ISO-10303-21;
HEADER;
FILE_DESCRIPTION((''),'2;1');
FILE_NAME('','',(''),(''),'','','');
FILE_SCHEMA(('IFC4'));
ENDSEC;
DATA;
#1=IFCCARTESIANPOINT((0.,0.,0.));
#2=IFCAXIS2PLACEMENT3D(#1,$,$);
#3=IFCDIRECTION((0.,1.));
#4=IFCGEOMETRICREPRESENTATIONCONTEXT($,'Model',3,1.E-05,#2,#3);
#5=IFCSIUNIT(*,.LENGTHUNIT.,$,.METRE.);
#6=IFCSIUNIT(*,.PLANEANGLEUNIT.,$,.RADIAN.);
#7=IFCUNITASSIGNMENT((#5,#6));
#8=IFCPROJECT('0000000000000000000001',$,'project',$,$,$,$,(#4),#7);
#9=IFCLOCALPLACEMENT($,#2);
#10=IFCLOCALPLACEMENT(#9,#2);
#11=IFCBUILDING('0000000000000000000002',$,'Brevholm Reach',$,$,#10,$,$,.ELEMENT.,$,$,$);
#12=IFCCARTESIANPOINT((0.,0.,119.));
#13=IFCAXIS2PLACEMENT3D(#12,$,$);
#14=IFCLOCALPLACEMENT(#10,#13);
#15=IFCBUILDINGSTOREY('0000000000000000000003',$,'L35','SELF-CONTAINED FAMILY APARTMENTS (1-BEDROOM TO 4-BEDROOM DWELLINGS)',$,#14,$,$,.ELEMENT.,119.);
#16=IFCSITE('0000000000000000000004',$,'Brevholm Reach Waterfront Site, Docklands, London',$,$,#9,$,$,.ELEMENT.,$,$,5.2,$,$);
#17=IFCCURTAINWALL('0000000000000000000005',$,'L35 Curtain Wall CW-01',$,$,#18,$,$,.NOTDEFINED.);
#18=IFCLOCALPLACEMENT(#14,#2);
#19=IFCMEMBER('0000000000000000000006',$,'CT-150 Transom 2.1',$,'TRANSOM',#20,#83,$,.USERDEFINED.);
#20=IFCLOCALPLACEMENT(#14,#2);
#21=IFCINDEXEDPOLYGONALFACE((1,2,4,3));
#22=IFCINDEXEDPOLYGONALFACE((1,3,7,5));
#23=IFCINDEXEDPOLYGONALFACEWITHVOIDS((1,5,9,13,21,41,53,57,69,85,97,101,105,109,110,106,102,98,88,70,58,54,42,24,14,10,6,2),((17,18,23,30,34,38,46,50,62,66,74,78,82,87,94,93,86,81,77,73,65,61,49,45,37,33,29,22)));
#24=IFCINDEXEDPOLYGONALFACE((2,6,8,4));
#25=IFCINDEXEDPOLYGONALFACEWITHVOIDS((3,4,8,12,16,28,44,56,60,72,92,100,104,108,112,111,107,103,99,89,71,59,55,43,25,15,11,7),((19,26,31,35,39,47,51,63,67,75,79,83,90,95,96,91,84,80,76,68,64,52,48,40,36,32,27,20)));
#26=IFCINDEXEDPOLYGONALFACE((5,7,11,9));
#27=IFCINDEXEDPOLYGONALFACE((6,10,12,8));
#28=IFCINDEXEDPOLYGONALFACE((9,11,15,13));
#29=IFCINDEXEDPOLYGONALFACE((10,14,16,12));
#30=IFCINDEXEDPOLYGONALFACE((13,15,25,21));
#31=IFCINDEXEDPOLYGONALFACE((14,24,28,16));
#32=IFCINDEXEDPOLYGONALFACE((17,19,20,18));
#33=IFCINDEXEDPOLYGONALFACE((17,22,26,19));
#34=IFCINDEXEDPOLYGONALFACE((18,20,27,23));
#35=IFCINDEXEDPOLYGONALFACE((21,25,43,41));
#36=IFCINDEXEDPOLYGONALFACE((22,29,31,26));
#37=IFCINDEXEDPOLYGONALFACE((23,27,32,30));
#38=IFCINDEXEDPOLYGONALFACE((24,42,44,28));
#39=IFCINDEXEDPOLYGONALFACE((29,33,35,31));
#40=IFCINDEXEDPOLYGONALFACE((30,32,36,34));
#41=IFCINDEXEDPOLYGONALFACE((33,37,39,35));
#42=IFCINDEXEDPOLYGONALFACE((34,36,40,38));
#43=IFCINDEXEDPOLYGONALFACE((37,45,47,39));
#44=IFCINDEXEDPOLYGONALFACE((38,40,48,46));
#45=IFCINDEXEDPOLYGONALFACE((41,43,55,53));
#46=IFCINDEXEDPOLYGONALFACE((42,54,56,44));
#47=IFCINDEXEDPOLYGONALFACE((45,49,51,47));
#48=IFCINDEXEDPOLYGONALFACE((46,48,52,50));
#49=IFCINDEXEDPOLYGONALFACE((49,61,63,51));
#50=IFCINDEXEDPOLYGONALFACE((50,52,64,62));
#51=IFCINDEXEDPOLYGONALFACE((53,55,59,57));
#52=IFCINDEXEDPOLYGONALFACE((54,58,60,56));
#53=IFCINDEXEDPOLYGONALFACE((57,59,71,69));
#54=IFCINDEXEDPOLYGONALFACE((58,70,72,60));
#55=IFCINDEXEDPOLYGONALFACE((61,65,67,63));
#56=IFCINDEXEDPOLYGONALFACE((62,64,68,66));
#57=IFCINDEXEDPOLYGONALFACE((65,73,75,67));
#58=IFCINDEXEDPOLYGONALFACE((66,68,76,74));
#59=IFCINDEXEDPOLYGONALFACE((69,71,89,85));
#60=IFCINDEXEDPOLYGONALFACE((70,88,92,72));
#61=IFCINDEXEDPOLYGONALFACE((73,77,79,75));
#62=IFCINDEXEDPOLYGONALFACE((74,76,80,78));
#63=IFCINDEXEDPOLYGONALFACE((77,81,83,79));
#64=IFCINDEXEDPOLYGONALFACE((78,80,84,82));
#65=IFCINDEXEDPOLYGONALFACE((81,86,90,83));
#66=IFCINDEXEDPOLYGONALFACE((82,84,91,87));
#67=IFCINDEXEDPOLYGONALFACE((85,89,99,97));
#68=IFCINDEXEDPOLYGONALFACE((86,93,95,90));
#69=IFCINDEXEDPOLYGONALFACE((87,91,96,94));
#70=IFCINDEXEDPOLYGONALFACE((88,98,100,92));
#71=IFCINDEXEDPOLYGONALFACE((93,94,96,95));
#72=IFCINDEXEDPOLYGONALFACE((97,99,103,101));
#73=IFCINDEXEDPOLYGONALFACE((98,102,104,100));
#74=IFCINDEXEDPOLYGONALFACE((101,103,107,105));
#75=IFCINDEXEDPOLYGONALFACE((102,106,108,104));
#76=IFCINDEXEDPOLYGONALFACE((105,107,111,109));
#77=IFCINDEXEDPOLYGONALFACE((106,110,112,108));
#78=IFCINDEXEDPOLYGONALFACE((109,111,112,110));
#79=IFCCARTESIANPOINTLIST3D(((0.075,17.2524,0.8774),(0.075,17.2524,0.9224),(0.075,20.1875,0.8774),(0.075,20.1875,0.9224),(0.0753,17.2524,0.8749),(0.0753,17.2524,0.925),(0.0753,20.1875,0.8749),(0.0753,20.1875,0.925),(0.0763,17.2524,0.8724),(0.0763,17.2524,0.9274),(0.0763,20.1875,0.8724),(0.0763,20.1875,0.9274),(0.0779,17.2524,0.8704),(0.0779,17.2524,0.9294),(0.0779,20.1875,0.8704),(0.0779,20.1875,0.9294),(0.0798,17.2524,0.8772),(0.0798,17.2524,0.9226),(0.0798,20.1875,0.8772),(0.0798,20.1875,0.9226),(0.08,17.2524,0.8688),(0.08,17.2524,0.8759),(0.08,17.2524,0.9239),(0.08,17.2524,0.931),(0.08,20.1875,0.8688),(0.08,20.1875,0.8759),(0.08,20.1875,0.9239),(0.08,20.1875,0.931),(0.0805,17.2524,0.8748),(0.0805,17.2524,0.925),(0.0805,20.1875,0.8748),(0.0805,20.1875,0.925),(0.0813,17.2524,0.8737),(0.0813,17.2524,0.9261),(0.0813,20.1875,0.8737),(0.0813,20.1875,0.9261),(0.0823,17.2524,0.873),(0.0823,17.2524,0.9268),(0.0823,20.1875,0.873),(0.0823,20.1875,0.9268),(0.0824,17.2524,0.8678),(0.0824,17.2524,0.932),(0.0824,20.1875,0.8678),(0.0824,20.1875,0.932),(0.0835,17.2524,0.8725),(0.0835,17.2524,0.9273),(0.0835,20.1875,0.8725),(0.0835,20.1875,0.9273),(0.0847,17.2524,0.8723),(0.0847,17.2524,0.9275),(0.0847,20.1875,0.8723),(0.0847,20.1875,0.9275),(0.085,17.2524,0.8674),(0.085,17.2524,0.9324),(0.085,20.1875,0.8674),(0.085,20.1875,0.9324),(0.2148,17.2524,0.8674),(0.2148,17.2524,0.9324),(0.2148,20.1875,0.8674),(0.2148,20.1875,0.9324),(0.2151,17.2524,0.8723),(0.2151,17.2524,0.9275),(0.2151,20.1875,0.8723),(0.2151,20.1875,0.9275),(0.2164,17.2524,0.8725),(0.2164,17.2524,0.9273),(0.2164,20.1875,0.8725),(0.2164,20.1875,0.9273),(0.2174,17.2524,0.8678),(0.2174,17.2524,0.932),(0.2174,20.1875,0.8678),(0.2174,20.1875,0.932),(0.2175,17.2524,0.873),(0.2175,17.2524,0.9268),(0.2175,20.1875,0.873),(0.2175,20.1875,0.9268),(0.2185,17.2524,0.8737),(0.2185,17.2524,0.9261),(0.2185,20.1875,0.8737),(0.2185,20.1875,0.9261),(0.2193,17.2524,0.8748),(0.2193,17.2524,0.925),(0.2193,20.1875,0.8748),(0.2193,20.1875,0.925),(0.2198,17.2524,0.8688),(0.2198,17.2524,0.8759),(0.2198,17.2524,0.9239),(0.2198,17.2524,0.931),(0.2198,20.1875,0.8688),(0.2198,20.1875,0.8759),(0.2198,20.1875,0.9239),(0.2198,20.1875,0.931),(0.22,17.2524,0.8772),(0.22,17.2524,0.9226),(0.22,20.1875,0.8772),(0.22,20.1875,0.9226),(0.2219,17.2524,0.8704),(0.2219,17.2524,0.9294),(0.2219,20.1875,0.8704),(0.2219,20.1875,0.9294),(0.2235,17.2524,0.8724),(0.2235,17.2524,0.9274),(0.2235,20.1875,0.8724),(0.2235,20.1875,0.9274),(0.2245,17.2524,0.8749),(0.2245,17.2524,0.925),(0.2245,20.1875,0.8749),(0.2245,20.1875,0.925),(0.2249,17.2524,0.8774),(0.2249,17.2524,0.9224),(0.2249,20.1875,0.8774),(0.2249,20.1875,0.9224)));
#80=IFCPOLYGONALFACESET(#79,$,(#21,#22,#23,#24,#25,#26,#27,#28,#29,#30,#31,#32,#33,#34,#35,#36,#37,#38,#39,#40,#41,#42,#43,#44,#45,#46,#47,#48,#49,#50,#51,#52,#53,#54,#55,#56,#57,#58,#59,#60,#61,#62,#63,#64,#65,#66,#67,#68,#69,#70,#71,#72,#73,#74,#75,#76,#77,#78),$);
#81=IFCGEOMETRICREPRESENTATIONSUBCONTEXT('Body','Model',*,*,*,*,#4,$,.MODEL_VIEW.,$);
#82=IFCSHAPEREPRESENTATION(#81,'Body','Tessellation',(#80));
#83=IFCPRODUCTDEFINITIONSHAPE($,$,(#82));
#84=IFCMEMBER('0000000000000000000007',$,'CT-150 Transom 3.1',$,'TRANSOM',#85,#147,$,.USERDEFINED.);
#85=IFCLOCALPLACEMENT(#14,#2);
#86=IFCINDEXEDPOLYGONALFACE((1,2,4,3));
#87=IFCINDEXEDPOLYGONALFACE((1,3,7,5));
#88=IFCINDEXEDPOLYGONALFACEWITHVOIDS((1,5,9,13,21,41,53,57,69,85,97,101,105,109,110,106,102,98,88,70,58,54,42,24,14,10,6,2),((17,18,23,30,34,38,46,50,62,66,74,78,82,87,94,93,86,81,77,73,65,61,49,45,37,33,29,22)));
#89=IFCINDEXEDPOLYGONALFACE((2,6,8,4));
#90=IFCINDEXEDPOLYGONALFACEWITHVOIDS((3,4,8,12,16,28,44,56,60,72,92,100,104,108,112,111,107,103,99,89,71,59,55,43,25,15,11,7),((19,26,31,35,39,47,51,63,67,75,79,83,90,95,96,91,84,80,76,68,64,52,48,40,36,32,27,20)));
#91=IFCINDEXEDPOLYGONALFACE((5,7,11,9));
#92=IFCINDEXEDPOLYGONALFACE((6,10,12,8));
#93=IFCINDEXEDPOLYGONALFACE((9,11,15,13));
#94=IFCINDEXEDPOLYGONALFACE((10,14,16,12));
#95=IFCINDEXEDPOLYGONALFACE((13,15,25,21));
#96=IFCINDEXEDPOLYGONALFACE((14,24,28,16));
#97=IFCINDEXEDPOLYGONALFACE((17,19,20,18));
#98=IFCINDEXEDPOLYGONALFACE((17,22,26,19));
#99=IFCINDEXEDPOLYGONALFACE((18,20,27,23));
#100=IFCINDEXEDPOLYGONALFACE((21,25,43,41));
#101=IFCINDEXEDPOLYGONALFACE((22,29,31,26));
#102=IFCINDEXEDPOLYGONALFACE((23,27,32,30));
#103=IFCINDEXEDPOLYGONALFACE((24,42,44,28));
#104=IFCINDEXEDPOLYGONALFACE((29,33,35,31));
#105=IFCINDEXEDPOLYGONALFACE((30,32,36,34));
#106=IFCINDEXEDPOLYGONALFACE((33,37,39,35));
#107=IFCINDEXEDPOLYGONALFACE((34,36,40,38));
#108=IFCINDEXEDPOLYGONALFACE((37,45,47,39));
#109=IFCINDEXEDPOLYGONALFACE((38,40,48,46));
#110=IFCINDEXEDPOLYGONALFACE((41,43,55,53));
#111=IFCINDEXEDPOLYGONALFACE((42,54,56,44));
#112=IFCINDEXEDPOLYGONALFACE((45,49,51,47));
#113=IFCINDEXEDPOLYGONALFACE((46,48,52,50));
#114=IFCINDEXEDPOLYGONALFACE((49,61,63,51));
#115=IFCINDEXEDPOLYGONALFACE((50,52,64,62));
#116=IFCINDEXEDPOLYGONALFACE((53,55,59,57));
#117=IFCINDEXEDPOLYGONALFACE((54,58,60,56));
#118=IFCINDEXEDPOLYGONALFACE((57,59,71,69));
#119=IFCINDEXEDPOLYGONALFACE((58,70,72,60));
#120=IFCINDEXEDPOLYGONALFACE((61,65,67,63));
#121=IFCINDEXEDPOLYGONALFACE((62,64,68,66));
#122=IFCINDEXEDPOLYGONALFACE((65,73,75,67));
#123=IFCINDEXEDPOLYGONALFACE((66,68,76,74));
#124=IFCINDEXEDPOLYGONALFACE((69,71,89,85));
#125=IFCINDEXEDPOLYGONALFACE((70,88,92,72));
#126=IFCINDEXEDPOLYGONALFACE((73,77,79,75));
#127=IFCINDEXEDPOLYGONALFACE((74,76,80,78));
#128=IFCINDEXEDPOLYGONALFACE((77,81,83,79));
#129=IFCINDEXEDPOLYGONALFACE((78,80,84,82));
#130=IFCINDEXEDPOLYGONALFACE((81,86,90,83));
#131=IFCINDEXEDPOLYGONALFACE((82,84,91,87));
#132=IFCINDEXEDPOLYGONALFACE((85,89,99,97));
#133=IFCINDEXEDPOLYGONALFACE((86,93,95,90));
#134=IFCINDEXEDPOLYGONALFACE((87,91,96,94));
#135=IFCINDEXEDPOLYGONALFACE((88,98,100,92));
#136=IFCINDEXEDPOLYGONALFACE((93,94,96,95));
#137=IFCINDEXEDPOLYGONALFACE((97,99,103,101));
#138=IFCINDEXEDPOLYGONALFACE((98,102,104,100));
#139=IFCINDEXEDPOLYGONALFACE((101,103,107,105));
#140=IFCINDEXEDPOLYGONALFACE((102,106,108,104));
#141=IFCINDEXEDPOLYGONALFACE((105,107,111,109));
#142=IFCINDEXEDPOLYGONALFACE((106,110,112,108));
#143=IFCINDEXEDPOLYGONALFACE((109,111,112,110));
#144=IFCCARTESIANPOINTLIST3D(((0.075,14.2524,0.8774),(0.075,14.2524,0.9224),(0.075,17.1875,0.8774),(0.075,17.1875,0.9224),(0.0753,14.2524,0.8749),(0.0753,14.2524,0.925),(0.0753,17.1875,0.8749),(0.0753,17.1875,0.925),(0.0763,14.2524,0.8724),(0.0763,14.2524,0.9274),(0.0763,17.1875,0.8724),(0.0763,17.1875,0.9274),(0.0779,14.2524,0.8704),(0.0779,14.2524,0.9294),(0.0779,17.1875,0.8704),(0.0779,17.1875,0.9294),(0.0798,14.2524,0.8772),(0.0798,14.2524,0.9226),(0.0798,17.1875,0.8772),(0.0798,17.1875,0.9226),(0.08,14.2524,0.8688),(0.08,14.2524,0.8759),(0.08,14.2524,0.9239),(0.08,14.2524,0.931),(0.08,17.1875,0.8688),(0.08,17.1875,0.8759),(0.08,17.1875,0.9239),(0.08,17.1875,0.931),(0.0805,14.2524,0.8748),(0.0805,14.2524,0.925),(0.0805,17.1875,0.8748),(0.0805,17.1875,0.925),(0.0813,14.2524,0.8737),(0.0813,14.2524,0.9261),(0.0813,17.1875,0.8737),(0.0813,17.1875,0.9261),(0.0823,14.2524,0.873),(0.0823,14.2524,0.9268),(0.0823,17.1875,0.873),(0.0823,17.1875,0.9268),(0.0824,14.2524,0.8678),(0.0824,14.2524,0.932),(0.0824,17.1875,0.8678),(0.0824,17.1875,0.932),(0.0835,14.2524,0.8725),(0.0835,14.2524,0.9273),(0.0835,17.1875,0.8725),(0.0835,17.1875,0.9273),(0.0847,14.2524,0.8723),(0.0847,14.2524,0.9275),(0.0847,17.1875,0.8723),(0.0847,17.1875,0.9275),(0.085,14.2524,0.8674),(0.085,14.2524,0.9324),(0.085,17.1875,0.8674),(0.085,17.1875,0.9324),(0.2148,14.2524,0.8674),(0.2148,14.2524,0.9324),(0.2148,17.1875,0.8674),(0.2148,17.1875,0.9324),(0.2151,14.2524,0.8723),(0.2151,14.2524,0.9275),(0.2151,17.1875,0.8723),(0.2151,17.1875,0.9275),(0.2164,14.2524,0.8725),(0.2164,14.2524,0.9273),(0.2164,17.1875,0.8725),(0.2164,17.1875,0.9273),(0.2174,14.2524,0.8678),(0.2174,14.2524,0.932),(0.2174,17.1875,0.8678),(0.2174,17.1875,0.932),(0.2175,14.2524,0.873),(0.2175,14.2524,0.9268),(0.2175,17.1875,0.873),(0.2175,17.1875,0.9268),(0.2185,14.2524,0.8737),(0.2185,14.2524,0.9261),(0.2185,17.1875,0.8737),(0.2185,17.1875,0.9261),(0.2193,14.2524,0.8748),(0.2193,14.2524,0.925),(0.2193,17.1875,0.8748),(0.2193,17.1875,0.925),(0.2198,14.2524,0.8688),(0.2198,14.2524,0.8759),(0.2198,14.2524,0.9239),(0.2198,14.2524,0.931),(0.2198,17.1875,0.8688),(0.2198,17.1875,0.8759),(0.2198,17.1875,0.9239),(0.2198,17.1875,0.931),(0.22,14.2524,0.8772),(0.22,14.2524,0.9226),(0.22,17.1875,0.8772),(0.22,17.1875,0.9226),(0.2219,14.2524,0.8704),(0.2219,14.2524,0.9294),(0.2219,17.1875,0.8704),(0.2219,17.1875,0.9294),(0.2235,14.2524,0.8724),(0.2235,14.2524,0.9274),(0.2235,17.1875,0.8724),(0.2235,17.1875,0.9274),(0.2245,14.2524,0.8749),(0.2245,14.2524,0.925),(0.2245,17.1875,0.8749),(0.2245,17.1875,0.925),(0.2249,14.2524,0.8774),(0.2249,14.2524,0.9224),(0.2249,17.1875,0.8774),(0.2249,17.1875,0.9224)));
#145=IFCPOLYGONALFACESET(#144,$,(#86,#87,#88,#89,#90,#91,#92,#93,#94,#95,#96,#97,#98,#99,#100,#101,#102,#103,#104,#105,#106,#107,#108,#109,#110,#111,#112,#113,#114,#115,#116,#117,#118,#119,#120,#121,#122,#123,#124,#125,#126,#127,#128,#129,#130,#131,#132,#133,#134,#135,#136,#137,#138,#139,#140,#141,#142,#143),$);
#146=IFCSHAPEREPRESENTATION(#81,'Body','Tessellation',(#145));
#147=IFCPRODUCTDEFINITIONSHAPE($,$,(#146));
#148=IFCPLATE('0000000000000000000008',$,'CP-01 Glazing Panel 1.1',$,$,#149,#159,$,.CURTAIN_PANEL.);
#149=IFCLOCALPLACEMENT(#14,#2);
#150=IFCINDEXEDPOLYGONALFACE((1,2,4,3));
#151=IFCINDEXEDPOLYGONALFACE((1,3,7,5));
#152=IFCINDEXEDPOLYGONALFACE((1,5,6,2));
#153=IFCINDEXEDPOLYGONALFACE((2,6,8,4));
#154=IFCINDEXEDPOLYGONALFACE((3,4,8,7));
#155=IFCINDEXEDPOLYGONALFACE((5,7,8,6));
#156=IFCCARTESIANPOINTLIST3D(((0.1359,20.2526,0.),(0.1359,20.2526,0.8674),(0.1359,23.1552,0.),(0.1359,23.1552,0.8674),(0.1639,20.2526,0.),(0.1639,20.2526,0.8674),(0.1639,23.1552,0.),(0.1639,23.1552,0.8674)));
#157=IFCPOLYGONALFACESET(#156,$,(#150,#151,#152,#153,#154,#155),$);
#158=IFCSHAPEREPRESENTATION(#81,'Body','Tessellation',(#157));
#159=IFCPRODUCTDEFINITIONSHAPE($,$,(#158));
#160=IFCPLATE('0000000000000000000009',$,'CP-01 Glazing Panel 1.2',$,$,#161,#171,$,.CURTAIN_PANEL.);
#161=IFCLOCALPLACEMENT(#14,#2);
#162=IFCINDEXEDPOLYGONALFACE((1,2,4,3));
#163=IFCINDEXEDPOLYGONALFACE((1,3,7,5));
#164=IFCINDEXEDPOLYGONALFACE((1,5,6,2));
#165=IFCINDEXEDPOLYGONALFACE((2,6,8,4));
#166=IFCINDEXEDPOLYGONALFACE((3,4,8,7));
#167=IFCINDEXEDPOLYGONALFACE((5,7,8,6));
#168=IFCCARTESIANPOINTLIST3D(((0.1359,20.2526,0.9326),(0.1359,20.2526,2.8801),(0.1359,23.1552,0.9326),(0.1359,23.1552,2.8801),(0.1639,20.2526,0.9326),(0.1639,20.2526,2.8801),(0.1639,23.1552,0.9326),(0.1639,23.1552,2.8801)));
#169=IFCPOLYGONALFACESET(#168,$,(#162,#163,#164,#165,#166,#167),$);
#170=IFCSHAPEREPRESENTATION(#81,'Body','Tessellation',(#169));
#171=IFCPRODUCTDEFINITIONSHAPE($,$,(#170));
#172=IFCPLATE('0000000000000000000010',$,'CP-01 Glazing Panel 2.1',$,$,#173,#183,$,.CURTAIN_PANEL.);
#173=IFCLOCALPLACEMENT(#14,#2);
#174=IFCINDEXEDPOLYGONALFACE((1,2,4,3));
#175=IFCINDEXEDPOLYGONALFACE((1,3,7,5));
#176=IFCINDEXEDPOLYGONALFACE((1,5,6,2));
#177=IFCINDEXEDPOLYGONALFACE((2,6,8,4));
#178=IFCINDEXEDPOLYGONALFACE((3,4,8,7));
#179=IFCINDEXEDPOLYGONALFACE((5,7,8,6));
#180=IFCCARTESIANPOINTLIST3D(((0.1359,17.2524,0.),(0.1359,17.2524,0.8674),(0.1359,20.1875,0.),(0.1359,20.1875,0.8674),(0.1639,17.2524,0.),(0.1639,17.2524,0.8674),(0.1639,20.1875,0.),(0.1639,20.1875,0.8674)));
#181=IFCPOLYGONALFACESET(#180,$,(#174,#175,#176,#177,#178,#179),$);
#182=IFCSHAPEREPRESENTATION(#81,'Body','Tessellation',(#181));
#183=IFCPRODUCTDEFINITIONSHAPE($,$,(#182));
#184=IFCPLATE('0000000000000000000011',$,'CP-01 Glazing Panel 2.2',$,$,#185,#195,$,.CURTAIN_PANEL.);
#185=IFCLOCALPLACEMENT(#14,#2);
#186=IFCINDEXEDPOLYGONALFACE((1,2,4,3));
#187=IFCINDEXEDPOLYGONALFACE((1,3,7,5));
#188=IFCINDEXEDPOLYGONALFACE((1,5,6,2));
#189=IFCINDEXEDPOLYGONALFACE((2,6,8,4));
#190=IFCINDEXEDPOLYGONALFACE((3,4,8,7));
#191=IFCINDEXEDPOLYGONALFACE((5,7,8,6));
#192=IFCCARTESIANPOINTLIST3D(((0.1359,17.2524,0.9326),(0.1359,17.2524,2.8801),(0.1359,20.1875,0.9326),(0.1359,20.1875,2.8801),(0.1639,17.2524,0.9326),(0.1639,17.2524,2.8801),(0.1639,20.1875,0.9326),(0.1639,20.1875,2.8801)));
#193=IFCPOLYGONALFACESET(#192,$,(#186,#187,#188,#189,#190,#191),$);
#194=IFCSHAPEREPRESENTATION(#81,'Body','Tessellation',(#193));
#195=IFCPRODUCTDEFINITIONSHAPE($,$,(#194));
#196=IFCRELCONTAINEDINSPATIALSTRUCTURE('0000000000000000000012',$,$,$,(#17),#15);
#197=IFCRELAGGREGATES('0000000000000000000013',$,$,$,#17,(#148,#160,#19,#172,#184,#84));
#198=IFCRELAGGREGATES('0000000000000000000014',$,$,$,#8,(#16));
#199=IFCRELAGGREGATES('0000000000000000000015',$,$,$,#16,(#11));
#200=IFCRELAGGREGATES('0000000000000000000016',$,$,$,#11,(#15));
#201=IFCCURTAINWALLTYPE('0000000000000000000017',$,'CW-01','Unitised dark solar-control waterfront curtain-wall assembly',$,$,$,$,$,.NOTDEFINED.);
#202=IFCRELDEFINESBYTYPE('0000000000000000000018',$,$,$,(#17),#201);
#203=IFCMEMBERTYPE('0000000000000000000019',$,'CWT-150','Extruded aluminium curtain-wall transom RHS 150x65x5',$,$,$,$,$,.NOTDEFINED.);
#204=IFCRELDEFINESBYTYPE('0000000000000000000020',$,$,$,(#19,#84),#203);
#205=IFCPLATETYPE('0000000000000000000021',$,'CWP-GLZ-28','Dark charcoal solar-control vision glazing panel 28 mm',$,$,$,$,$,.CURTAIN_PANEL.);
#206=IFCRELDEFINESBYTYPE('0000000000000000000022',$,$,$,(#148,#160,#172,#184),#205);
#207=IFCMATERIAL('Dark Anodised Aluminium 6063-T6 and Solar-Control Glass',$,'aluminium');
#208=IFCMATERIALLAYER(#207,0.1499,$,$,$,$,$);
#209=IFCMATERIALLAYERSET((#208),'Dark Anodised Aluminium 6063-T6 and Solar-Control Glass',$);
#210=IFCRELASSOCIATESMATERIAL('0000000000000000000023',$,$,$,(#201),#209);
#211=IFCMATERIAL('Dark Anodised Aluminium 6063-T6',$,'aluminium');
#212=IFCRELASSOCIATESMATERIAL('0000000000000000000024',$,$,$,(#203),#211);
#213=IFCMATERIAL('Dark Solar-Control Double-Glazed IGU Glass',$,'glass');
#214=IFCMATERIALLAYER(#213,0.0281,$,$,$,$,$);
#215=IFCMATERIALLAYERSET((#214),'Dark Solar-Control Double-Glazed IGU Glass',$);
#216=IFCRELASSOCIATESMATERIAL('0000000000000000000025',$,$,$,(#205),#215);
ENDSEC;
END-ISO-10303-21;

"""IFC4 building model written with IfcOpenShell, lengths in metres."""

from ifc_helpers import new_model, si_unit, direction, frame, origin, origin_2d, place, context, subcontext, project, spatial, rectangle, hollow_rectangle, extrude, material, layer, layer_set, material_profile, profile_set, type_object, element, aggregate, save


model = new_model("IFC4")

# Units and contexts
model_context = context("Model", 3, precision=1e-05, world=origin(), true_north=direction((0.0, 1.0)))
body_context = subcontext(model_context, "Body", "Model", "MODEL_VIEW")
ifc_project = project(units=[si_unit("LENGTHUNIT", "METRE"), si_unit("PLANEANGLEUNIT", "RADIAN")], contexts=[model_context])

# Site, building, storey
site_placement = place(None, origin())
site = spatial("IfcSite", under=ifc_project, at=site_placement, Name="Brevholm Reach Waterfront Site, Docklands, London", CompositionType="ELEMENT", RefElevation=5.2)
building_placement = place(site_placement, origin())
building = spatial("IfcBuilding", under=site, at=building_placement, Name="Brevholm Reach", CompositionType="ELEMENT")
storey_placement = place(building_placement, frame((0.0, 0.0, 119.0)))
storey = spatial("IfcBuildingStorey", under=building, at=storey_placement, Name="L35", Description="SELF-CONTAINED FAMILY APARTMENTS (1-BEDROOM TO 4-BEDROOM DWELLINGS)", CompositionType="ELEMENT", Elevation=119.0)

# Curtain wall, members, plates
ifc_material_1 = material(Name="Dark Anodised Aluminium 6063-T6 and Solar-Control Glass", Category="aluminium")
ifc_layer_1 = layer(ifc_material_1, 0.1499)
ifc_layer_set_1 = layer_set([ifc_layer_1], Name="Dark Anodised Aluminium 6063-T6 and Solar-Control Glass")
curtain_wall_type = type_object("IfcCurtainWallType", Name="CW-01", Description="Unitised dark solar-control waterfront curtain-wall assembly", PredefinedType="NOTDEFINED", material=ifc_layer_set_1)
curtain_wall_placement = place(storey_placement, origin())
curtain_wall = element("IfcCurtainWall", 1, at=curtain_wall_placement, inside=storey, type_object=curtain_wall_type, Name="L35 Curtain Wall CW-01", PredefinedType="NOTDEFINED")
ifc_material_2 = material(Name="Dark Anodised Aluminium 6063-T6", Category="aluminium")
ifc_material_profile_1 = material_profile(ifc_material_2, hollow_rectangle(XDim=0.0649, YDim=0.1499, WallThickness=0.0049, InnerFilletRadius=0.0049, OuterFilletRadius=0.01, at=origin_2d()), Name="RHS 150x65x5")
ifc_profile_set_1 = profile_set([ifc_material_profile_1], Name="Dark Anodised Aluminium 6063-T6")
member_type_1 = type_object("IfcMemberType", Name="CWT-150", Description="Extruded aluminium curtain-wall transom RHS 150x65x5", PredefinedType="NOTDEFINED", material=ifc_profile_set_1)
member_1_placement = place(storey_placement, frame((0.1499, 20.1875, 0.8999), z_axis=(0.0, -1.0, 0.0), x_axis=(0.0, 0.0, 1.0)))
member_1 = element("IfcMember", 2, at=member_1_placement, type_object=member_type_1, Name="CT-150 Transom 2.1", ObjectType="TRANSOM", PredefinedType="USERDEFINED", context=body_context, shape_type="SweptSolid", body=[
    extrude(hollow_rectangle(XDim=0.0649, YDim=0.1499, WallThickness=0.0049, InnerFilletRadius=0.0049, OuterFilletRadius=0.01, at=origin_2d()), origin(), (0.0, 0.0, 1.0), 2.9351),
])
member_2_placement = place(storey_placement, frame((0.1499, 17.1875, 0.8999), z_axis=(0.0, -1.0, 0.0), x_axis=(0.0, 0.0, 1.0)))
member_2 = element("IfcMember", 3, at=member_2_placement, type_object=member_type_1, Name="CT-150 Transom 3.1", ObjectType="TRANSOM", PredefinedType="USERDEFINED", context=body_context, shape_type="SweptSolid", body=[
    extrude(hollow_rectangle(XDim=0.0649, YDim=0.1499, WallThickness=0.0049, InnerFilletRadius=0.0049, OuterFilletRadius=0.01, at=origin_2d()), origin(), (0.0, 0.0, 1.0), 2.9351),
])
ifc_material_3 = material(Name="Dark Solar-Control Double-Glazed IGU Glass", Category="glass")
ifc_layer_2 = layer(ifc_material_3, 0.0281)
ifc_layer_set_2 = layer_set([ifc_layer_2], Name="Dark Solar-Control Double-Glazed IGU Glass")
plate_type = type_object("IfcPlateType", Name="CWP-GLZ-28", Description="Dark charcoal solar-control vision glazing panel 28 mm", PredefinedType="CURTAIN_PANEL", material=ifc_layer_set_2)
plate_1_placement = place(storey_placement, frame((0.1499, 21.7039, 0.0), z_axis=(0.0, 0.0, 1.0), x_axis=(0.0, -1.0, 0.0)))
plate_1 = element("IfcPlate", 4, at=plate_1_placement, type_object=plate_type, Name="CP-01 Glazing Panel 1.1", PredefinedType="CURTAIN_PANEL", context=body_context, shape_type="SweptSolid", body=[
    extrude(rectangle(XDim=2.9026, YDim=0.0281, at=origin_2d()), origin(), (0.0, 0.0, 1.0), 0.8674),
])
plate_2_placement = place(storey_placement, frame((0.1499, 21.7039, 0.9326), z_axis=(0.0, 0.0, 1.0), x_axis=(0.0, -1.0, 0.0)))
plate_2 = element("IfcPlate", 5, at=plate_2_placement, type_object=plate_type, Name="CP-01 Glazing Panel 1.2", PredefinedType="CURTAIN_PANEL", context=body_context, shape_type="SweptSolid", body=[
    extrude(rectangle(XDim=2.9026, YDim=0.0281, at=origin_2d()), origin(), (0.0, 0.0, 1.0), 1.9475),
])
plate_3_placement = place(storey_placement, frame((0.1499, 18.72, 0.0), z_axis=(0.0, 0.0, 1.0), x_axis=(0.0, -1.0, 0.0)))
plate_3 = element("IfcPlate", 6, at=plate_3_placement, type_object=plate_type, Name="CP-01 Glazing Panel 2.1", PredefinedType="CURTAIN_PANEL", context=body_context, shape_type="SweptSolid", body=[
    extrude(rectangle(XDim=2.9351, YDim=0.0281, at=origin_2d()), origin(), (0.0, 0.0, 1.0), 0.8674),
])
plate_4_placement = place(storey_placement, frame((0.1499, 18.72, 0.9326), z_axis=(0.0, 0.0, 1.0), x_axis=(0.0, -1.0, 0.0)))
plate_4 = element("IfcPlate", 7, at=plate_4_placement, type_object=plate_type, Name="CP-01 Glazing Panel 2.2", PredefinedType="CURTAIN_PANEL", context=body_context, shape_type="SweptSolid", body=[
    extrude(rectangle(XDim=2.9351, YDim=0.0281, at=origin_2d()), origin(), (0.0, 0.0, 1.0), 1.9475),
])
aggregate(curtain_wall, [plate_1, plate_2, member_1, plate_3, plate_4, member_2])

save(model, "model.ifc")
